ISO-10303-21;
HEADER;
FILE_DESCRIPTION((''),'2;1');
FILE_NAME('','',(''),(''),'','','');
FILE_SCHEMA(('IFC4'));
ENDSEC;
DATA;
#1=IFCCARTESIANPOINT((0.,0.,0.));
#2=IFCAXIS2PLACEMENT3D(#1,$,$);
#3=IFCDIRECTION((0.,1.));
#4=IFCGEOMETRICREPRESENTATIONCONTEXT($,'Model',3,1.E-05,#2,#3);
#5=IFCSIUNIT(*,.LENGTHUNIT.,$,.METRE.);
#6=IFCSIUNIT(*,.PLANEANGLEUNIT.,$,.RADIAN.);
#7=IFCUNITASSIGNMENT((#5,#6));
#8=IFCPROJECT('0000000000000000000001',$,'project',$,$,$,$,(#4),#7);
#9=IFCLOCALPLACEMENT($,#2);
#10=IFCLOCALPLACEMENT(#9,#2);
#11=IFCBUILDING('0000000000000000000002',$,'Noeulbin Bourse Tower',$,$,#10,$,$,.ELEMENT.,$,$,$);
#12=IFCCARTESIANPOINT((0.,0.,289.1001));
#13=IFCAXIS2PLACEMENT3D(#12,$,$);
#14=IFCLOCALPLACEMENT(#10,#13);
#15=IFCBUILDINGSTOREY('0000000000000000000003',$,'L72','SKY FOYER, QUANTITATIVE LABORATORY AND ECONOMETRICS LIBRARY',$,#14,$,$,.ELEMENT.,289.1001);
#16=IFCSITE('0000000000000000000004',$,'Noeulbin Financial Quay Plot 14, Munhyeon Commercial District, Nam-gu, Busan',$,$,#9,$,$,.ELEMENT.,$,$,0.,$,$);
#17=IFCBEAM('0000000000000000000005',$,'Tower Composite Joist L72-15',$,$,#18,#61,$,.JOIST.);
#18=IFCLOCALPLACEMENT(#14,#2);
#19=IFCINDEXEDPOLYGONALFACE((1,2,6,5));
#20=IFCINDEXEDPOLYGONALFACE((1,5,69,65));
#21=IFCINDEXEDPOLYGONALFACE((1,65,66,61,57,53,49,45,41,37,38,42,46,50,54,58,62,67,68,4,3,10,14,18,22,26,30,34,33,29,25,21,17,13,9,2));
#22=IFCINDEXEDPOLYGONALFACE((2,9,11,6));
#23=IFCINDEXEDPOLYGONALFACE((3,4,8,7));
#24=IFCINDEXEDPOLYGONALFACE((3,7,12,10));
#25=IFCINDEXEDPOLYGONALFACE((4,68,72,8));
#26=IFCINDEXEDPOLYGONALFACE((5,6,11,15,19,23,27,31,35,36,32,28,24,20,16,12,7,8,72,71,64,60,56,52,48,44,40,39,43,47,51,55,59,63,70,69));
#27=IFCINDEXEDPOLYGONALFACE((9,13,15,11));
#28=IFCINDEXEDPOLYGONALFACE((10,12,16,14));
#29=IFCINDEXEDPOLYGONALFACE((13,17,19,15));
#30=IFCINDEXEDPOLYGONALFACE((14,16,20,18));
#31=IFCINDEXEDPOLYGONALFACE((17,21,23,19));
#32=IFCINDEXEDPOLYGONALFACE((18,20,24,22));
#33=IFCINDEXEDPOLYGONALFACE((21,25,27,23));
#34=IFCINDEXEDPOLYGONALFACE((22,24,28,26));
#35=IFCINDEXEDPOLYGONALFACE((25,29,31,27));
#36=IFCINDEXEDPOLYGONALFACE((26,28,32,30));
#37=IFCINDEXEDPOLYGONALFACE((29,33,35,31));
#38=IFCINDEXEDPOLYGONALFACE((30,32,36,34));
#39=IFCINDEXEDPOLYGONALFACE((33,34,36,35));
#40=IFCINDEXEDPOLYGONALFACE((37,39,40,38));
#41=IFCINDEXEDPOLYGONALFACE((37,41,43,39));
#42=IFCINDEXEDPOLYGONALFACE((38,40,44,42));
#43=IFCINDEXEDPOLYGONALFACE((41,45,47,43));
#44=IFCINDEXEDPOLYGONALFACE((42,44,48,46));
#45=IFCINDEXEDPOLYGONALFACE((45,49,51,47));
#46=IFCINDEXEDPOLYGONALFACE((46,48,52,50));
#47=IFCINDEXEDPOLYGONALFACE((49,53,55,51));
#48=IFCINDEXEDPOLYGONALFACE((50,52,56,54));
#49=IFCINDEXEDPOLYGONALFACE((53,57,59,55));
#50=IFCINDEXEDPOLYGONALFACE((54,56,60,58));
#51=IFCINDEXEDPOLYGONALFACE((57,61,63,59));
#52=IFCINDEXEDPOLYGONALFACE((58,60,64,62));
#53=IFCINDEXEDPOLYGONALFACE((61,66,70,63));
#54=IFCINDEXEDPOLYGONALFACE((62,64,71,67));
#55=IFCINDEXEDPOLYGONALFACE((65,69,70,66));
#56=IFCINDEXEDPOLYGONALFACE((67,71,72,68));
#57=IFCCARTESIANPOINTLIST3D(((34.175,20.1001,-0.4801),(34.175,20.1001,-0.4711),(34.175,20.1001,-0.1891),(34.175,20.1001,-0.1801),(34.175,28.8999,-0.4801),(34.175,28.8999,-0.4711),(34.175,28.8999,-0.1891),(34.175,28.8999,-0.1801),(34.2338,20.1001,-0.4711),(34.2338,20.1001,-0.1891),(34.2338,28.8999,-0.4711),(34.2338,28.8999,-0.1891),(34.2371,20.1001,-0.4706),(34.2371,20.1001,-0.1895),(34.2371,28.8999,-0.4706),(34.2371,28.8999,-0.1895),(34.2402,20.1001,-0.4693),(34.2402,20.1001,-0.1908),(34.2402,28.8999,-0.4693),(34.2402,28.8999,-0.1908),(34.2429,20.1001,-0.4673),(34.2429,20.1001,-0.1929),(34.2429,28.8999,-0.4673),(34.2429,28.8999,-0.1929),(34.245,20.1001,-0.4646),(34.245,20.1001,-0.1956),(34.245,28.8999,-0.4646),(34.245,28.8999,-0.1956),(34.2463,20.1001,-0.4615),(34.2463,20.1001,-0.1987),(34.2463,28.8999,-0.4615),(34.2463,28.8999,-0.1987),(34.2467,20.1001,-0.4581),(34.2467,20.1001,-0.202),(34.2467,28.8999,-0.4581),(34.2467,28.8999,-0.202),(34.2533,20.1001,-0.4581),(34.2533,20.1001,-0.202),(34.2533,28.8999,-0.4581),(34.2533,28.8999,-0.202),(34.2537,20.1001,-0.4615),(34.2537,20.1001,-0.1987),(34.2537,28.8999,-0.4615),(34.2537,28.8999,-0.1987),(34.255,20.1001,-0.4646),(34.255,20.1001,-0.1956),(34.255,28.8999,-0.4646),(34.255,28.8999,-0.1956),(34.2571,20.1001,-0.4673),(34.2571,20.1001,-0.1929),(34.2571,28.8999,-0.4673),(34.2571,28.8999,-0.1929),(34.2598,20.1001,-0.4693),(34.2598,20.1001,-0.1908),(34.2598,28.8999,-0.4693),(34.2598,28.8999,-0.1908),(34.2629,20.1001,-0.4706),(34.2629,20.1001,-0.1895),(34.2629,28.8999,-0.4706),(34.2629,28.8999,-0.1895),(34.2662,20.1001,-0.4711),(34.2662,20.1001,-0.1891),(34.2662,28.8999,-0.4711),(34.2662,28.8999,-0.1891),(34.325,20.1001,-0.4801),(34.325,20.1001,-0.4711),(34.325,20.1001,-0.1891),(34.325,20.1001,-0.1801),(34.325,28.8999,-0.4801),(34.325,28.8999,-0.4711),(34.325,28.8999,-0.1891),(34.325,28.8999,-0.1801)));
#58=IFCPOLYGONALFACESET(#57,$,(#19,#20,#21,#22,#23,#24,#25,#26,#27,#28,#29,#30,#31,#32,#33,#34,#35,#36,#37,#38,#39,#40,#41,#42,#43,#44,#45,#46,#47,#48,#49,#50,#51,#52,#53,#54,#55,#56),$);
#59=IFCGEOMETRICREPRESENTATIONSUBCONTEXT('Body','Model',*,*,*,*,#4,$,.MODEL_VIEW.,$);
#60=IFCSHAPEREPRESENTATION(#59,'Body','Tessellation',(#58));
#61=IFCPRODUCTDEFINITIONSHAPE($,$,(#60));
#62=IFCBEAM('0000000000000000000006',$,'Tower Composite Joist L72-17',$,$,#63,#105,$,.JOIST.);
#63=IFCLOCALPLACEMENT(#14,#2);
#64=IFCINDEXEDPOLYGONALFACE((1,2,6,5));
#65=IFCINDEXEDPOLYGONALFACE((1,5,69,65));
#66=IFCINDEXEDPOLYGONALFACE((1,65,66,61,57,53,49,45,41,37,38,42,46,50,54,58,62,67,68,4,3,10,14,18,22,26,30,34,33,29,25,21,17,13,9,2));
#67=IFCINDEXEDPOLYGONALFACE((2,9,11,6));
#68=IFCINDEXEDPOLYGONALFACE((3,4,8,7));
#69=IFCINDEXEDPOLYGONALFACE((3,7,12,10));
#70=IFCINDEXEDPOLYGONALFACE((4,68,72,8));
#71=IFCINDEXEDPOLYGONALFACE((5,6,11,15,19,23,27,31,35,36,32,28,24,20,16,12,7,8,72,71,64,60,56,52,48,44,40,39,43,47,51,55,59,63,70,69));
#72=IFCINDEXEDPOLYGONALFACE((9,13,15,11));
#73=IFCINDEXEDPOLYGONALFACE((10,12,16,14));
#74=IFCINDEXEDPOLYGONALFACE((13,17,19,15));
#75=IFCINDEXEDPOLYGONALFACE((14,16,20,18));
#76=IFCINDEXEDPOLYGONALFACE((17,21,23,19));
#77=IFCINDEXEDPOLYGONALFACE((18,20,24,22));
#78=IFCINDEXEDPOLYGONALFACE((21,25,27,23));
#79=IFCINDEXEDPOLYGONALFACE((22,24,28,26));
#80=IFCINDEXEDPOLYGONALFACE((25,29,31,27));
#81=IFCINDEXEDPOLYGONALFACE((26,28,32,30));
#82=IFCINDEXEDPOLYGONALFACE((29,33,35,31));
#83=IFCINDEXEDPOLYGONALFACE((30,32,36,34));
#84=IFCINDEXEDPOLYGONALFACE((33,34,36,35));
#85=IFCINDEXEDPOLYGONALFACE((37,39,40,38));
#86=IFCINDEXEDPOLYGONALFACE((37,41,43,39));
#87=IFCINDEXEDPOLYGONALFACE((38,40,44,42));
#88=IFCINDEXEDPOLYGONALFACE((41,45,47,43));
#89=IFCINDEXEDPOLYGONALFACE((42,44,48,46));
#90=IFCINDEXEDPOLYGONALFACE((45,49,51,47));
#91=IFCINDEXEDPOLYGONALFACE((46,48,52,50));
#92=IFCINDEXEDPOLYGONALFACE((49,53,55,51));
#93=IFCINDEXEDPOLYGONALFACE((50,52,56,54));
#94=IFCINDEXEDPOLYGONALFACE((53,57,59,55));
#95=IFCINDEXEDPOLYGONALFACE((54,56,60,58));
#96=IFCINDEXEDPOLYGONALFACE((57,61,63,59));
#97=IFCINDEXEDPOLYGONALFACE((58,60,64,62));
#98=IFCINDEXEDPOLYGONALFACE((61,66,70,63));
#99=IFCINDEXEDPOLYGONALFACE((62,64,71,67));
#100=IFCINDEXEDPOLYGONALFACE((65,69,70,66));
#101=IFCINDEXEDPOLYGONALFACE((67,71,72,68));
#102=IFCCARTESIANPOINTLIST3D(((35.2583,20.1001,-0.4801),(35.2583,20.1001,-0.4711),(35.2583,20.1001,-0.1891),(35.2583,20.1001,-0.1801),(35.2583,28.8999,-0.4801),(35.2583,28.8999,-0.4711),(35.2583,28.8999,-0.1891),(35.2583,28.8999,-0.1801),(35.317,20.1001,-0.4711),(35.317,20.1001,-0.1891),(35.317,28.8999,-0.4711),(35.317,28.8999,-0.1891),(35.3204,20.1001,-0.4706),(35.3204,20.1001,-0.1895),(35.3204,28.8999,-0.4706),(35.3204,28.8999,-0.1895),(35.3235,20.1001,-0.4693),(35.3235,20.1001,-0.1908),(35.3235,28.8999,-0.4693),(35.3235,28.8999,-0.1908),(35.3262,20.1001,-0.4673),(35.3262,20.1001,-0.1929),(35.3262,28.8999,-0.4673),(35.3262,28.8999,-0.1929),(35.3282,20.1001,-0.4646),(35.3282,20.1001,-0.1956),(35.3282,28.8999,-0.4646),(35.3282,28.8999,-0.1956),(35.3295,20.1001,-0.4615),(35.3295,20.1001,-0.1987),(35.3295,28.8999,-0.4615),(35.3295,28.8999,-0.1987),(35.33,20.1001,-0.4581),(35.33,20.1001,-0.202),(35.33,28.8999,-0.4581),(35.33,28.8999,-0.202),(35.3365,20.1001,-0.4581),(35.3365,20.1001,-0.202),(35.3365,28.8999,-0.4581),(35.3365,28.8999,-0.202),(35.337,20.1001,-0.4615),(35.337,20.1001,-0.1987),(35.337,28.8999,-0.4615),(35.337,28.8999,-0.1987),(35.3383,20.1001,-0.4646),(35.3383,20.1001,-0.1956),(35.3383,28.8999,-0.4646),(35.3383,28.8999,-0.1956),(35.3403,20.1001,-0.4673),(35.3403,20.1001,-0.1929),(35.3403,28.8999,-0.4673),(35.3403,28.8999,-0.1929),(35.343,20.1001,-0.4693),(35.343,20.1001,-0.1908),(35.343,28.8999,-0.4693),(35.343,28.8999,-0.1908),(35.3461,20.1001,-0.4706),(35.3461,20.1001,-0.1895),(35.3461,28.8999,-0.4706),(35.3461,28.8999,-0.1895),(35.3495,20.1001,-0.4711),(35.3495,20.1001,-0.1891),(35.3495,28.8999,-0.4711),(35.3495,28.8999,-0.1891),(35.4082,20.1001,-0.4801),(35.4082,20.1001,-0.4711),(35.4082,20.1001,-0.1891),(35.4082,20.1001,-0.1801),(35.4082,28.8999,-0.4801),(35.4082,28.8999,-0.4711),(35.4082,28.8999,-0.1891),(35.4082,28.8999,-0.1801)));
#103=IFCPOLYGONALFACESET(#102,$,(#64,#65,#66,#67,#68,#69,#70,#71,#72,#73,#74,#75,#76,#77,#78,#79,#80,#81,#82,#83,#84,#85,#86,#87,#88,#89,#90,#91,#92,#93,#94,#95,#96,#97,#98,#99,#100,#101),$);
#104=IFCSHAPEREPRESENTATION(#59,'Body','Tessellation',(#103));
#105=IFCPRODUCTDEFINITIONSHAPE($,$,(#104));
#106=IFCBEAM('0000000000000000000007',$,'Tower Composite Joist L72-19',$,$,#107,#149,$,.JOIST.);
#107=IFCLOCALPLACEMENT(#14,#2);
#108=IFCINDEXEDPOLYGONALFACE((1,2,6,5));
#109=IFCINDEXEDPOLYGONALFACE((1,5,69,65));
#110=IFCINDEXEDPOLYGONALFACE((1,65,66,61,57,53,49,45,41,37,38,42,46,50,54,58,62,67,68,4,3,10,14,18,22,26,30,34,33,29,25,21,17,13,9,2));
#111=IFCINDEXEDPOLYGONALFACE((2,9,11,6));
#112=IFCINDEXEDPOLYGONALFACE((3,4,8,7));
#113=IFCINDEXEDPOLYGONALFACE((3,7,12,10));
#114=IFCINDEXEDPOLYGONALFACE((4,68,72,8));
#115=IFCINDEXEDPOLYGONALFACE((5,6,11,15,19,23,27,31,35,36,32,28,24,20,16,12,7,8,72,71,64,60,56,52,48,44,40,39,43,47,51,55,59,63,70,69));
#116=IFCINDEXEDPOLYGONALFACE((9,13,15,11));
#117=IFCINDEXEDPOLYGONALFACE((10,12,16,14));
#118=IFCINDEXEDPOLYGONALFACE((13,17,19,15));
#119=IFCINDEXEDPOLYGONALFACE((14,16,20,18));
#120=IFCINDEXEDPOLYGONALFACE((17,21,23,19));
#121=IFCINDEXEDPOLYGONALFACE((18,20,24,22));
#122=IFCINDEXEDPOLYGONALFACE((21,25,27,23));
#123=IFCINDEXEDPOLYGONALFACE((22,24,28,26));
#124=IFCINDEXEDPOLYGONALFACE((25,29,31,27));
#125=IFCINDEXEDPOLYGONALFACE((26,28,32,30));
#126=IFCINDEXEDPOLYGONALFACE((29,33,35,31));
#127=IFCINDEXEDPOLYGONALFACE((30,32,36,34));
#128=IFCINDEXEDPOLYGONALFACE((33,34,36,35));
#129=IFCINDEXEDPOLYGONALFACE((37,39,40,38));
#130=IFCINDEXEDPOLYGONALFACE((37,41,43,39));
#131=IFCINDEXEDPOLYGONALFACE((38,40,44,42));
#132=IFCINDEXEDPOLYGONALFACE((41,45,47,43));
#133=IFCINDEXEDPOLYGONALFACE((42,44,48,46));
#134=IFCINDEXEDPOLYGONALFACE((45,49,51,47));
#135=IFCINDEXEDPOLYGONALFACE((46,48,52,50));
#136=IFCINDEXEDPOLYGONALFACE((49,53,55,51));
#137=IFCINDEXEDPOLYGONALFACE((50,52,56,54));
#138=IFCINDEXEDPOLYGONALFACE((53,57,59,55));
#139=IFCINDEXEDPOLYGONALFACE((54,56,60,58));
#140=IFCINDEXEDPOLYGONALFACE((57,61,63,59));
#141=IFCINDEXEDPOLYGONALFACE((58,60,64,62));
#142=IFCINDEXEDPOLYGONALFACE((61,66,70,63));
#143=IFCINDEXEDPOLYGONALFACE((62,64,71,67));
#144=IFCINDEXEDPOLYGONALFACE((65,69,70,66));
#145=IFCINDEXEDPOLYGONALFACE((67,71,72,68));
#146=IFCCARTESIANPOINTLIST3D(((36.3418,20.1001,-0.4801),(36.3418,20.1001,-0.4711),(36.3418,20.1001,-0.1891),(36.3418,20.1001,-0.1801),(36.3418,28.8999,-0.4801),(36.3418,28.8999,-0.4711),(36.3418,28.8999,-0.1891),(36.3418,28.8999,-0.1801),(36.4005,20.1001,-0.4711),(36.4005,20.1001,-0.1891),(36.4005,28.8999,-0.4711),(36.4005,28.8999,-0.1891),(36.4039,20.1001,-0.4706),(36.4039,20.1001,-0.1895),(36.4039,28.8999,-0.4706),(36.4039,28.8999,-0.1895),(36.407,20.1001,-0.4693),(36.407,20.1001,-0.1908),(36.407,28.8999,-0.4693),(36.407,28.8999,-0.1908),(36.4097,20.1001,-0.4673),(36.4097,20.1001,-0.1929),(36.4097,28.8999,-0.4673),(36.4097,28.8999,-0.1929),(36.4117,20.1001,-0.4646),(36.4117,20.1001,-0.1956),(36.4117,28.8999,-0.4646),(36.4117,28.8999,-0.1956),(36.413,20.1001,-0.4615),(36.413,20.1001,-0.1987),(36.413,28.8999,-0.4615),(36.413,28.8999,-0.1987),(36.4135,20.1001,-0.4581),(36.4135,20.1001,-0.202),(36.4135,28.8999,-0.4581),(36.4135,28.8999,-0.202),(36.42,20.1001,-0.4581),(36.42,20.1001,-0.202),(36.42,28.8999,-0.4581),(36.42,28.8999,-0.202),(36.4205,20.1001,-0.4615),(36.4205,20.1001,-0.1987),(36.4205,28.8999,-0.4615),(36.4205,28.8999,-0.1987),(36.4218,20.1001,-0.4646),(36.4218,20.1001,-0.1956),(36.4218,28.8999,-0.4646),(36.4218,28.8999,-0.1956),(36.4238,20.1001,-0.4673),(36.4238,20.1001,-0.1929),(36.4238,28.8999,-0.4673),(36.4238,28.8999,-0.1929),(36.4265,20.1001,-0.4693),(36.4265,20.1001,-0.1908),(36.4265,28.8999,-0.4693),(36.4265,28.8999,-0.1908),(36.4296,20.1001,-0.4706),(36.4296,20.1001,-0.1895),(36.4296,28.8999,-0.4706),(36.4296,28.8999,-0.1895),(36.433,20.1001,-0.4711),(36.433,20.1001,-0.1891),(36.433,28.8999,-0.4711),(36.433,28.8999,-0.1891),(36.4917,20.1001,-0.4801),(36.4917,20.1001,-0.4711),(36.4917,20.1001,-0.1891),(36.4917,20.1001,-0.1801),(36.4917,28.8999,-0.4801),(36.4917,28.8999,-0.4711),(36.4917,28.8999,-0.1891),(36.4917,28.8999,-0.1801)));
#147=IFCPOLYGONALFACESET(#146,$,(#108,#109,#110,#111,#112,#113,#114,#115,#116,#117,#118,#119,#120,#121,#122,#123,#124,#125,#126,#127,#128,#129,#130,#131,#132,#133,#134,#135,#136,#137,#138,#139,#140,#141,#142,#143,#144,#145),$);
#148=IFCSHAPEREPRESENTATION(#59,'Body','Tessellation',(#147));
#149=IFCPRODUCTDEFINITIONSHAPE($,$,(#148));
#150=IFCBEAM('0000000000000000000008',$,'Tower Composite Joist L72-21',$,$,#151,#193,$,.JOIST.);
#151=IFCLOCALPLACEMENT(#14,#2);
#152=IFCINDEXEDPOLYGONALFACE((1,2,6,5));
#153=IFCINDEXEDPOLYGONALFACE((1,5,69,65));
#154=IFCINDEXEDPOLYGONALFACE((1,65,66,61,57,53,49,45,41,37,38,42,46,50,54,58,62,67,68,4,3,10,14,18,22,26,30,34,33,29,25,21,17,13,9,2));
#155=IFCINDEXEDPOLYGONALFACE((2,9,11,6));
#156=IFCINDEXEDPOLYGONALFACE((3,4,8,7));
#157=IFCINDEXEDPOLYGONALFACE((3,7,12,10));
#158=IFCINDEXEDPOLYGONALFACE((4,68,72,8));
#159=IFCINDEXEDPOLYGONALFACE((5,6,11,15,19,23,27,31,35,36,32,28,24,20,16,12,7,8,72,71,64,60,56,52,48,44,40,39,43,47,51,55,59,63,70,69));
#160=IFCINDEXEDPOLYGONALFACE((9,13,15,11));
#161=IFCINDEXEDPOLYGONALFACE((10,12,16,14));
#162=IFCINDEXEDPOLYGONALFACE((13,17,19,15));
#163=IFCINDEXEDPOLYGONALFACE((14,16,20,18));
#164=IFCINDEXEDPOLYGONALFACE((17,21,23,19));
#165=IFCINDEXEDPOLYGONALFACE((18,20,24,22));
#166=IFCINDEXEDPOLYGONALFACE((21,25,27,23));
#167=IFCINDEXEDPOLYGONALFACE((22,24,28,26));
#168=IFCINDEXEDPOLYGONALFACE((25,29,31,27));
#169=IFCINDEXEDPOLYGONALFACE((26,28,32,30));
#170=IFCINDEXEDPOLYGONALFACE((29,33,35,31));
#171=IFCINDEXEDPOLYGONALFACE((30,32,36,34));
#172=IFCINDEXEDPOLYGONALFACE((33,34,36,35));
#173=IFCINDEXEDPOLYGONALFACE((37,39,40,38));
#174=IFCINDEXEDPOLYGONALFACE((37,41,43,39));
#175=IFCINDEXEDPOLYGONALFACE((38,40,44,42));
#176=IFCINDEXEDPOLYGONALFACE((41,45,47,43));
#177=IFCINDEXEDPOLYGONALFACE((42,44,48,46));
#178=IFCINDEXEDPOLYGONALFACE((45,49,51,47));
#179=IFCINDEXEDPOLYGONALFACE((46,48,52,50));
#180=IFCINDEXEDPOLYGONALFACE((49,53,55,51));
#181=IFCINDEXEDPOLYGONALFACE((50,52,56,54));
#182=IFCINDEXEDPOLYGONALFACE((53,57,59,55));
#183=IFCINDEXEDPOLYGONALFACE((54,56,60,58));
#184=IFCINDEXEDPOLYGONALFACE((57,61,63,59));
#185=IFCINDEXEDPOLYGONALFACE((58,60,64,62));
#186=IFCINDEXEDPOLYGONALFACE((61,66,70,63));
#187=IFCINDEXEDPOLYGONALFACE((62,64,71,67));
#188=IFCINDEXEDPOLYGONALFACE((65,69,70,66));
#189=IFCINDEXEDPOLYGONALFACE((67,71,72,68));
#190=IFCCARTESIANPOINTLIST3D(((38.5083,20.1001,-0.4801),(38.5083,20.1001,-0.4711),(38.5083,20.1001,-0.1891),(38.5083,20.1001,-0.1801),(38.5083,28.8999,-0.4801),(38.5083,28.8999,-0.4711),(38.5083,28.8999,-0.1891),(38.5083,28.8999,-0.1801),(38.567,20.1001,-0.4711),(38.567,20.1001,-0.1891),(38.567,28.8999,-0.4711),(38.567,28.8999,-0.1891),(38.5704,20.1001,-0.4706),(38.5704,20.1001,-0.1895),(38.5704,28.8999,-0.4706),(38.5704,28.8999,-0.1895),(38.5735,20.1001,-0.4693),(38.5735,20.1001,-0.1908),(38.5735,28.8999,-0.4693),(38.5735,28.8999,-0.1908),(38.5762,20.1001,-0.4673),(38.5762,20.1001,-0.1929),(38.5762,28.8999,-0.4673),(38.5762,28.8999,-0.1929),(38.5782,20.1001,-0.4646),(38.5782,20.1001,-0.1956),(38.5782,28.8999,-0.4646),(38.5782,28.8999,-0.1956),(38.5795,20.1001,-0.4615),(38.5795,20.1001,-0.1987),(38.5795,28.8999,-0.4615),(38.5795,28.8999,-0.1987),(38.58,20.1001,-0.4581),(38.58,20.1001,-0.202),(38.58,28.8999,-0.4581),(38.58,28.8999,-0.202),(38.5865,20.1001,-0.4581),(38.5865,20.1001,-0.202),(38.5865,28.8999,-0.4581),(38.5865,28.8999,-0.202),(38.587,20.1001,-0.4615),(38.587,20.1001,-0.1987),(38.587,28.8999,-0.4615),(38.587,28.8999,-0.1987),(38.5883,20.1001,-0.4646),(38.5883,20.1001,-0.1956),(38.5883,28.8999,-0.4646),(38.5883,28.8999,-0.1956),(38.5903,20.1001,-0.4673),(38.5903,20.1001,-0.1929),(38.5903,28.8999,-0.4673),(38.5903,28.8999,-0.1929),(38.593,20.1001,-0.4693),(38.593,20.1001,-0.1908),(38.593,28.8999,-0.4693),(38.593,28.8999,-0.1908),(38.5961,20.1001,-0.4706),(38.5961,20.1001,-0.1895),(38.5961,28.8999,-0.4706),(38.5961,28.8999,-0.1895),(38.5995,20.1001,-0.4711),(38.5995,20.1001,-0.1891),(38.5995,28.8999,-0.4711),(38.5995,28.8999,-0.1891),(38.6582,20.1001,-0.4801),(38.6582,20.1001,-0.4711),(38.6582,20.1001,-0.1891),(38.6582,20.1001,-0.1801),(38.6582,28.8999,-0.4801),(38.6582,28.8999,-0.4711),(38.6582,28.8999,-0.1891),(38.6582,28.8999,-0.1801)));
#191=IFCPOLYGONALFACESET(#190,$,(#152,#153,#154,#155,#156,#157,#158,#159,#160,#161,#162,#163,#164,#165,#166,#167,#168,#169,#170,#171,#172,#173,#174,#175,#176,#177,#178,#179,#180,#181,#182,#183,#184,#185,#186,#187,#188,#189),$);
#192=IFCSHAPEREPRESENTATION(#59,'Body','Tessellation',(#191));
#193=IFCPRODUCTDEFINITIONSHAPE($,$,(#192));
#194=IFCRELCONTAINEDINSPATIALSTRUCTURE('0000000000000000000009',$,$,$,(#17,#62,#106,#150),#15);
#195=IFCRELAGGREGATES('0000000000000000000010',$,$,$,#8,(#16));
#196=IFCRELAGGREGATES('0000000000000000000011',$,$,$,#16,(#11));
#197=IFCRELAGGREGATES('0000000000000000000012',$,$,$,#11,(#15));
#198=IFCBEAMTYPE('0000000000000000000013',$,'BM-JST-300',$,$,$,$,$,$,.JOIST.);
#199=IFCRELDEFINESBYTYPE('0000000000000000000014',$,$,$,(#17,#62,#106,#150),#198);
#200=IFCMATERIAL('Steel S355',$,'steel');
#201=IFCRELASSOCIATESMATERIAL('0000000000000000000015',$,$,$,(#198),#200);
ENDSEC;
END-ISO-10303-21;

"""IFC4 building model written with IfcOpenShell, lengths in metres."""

from ifc_helpers import new_model, si_unit, direction, frame, origin, origin_2d, place, context, subcontext, project, spatial, i_section, extrude, material, material_profile, profile_set, type_object, element, save


model = new_model("IFC4")

# Units and contexts
model_context = context("Model", 3, precision=1e-05, world=origin(), true_north=direction((0.0, 1.0)))
body_context = subcontext(model_context, "Body", "Model", "MODEL_VIEW")
ifc_project = project(units=[si_unit("LENGTHUNIT", "METRE"), si_unit("PLANEANGLEUNIT", "RADIAN")], contexts=[model_context])

# Site, building, storey
site_placement = place(None, origin())
site = spatial("IfcSite", under=ifc_project, at=site_placement, Name="Noeulbin Financial Quay Plot 14, Munhyeon Commercial District, Nam-gu, Busan", CompositionType="ELEMENT", RefElevation=0.0)
building_placement = place(site_placement, origin())
building = spatial("IfcBuilding", under=site, at=building_placement, Name="Noeulbin Bourse Tower", CompositionType="ELEMENT")
storey_placement = place(building_placement, frame((0.0, 0.0, 289.1001)))
storey = spatial("IfcBuildingStorey", under=building, at=storey_placement, Name="L72", Description="SKY FOYER, QUANTITATIVE LABORATORY AND ECONOMETRICS LIBRARY", CompositionType="ELEMENT", Elevation=289.1001)

# Shared definitions
ifc_material_1 = material(Name="Steel S355", Category="steel")

# Beams
ifc_material_profile_1 = material_profile(ifc_material_1, i_section(OverallWidth=0.1499, OverallDepth=0.3, WebThickness=0.0066, FlangeThickness=0.009, FilletRadius=0.0129, at=origin_2d()), Name="H-300x150x6.5x9", Category="LoadBearing")
ifc_profile_set_1 = profile_set([ifc_material_profile_1], Name="Steel S355")
beam_type_1 = type_object("IfcBeamType", Name="BM-JST-300", PredefinedType="JOIST", material=ifc_profile_set_1)
for number, where, z_axis, x_axis, name in (
    (1, (34.25, 20.1001, -0.3301), (0.0, 1.0, 0.0), (-1.0, 0.0, 0.0), "Tower Composite Joist L72-15"),
    (2, (35.3333, 20.1001, -0.3301), (0.0, 1.0, 0.0), (-1.0, 0.0, 0.0), "Tower Composite Joist L72-17"),
    (3, (36.4167, 20.1001, -0.3301), (0.0, 1.0, 0.0), (-1.0, 0.0, 0.0), "Tower Composite Joist L72-19"),
    (4, (38.5833, 20.1001, -0.3301), (0.0, 1.0, 0.0), (-1.0, 0.0, 0.0), "Tower Composite Joist L72-21"),
):
    element("IfcBeam", number, at=place(storey_placement, frame(where, z_axis=z_axis, x_axis=x_axis)), inside=storey, type_object=beam_type_1, Name=name, PredefinedType="JOIST", context=body_context, shape_type="SweptSolid", body=[
        extrude(i_section(OverallWidth=0.1499, OverallDepth=0.3, WebThickness=0.0066, FlangeThickness=0.009, FilletRadius=0.0129, at=origin_2d()), origin(), (0.0, 0.0, 1.0), 8.7998),
    ])

save(model, "model.ifc")
